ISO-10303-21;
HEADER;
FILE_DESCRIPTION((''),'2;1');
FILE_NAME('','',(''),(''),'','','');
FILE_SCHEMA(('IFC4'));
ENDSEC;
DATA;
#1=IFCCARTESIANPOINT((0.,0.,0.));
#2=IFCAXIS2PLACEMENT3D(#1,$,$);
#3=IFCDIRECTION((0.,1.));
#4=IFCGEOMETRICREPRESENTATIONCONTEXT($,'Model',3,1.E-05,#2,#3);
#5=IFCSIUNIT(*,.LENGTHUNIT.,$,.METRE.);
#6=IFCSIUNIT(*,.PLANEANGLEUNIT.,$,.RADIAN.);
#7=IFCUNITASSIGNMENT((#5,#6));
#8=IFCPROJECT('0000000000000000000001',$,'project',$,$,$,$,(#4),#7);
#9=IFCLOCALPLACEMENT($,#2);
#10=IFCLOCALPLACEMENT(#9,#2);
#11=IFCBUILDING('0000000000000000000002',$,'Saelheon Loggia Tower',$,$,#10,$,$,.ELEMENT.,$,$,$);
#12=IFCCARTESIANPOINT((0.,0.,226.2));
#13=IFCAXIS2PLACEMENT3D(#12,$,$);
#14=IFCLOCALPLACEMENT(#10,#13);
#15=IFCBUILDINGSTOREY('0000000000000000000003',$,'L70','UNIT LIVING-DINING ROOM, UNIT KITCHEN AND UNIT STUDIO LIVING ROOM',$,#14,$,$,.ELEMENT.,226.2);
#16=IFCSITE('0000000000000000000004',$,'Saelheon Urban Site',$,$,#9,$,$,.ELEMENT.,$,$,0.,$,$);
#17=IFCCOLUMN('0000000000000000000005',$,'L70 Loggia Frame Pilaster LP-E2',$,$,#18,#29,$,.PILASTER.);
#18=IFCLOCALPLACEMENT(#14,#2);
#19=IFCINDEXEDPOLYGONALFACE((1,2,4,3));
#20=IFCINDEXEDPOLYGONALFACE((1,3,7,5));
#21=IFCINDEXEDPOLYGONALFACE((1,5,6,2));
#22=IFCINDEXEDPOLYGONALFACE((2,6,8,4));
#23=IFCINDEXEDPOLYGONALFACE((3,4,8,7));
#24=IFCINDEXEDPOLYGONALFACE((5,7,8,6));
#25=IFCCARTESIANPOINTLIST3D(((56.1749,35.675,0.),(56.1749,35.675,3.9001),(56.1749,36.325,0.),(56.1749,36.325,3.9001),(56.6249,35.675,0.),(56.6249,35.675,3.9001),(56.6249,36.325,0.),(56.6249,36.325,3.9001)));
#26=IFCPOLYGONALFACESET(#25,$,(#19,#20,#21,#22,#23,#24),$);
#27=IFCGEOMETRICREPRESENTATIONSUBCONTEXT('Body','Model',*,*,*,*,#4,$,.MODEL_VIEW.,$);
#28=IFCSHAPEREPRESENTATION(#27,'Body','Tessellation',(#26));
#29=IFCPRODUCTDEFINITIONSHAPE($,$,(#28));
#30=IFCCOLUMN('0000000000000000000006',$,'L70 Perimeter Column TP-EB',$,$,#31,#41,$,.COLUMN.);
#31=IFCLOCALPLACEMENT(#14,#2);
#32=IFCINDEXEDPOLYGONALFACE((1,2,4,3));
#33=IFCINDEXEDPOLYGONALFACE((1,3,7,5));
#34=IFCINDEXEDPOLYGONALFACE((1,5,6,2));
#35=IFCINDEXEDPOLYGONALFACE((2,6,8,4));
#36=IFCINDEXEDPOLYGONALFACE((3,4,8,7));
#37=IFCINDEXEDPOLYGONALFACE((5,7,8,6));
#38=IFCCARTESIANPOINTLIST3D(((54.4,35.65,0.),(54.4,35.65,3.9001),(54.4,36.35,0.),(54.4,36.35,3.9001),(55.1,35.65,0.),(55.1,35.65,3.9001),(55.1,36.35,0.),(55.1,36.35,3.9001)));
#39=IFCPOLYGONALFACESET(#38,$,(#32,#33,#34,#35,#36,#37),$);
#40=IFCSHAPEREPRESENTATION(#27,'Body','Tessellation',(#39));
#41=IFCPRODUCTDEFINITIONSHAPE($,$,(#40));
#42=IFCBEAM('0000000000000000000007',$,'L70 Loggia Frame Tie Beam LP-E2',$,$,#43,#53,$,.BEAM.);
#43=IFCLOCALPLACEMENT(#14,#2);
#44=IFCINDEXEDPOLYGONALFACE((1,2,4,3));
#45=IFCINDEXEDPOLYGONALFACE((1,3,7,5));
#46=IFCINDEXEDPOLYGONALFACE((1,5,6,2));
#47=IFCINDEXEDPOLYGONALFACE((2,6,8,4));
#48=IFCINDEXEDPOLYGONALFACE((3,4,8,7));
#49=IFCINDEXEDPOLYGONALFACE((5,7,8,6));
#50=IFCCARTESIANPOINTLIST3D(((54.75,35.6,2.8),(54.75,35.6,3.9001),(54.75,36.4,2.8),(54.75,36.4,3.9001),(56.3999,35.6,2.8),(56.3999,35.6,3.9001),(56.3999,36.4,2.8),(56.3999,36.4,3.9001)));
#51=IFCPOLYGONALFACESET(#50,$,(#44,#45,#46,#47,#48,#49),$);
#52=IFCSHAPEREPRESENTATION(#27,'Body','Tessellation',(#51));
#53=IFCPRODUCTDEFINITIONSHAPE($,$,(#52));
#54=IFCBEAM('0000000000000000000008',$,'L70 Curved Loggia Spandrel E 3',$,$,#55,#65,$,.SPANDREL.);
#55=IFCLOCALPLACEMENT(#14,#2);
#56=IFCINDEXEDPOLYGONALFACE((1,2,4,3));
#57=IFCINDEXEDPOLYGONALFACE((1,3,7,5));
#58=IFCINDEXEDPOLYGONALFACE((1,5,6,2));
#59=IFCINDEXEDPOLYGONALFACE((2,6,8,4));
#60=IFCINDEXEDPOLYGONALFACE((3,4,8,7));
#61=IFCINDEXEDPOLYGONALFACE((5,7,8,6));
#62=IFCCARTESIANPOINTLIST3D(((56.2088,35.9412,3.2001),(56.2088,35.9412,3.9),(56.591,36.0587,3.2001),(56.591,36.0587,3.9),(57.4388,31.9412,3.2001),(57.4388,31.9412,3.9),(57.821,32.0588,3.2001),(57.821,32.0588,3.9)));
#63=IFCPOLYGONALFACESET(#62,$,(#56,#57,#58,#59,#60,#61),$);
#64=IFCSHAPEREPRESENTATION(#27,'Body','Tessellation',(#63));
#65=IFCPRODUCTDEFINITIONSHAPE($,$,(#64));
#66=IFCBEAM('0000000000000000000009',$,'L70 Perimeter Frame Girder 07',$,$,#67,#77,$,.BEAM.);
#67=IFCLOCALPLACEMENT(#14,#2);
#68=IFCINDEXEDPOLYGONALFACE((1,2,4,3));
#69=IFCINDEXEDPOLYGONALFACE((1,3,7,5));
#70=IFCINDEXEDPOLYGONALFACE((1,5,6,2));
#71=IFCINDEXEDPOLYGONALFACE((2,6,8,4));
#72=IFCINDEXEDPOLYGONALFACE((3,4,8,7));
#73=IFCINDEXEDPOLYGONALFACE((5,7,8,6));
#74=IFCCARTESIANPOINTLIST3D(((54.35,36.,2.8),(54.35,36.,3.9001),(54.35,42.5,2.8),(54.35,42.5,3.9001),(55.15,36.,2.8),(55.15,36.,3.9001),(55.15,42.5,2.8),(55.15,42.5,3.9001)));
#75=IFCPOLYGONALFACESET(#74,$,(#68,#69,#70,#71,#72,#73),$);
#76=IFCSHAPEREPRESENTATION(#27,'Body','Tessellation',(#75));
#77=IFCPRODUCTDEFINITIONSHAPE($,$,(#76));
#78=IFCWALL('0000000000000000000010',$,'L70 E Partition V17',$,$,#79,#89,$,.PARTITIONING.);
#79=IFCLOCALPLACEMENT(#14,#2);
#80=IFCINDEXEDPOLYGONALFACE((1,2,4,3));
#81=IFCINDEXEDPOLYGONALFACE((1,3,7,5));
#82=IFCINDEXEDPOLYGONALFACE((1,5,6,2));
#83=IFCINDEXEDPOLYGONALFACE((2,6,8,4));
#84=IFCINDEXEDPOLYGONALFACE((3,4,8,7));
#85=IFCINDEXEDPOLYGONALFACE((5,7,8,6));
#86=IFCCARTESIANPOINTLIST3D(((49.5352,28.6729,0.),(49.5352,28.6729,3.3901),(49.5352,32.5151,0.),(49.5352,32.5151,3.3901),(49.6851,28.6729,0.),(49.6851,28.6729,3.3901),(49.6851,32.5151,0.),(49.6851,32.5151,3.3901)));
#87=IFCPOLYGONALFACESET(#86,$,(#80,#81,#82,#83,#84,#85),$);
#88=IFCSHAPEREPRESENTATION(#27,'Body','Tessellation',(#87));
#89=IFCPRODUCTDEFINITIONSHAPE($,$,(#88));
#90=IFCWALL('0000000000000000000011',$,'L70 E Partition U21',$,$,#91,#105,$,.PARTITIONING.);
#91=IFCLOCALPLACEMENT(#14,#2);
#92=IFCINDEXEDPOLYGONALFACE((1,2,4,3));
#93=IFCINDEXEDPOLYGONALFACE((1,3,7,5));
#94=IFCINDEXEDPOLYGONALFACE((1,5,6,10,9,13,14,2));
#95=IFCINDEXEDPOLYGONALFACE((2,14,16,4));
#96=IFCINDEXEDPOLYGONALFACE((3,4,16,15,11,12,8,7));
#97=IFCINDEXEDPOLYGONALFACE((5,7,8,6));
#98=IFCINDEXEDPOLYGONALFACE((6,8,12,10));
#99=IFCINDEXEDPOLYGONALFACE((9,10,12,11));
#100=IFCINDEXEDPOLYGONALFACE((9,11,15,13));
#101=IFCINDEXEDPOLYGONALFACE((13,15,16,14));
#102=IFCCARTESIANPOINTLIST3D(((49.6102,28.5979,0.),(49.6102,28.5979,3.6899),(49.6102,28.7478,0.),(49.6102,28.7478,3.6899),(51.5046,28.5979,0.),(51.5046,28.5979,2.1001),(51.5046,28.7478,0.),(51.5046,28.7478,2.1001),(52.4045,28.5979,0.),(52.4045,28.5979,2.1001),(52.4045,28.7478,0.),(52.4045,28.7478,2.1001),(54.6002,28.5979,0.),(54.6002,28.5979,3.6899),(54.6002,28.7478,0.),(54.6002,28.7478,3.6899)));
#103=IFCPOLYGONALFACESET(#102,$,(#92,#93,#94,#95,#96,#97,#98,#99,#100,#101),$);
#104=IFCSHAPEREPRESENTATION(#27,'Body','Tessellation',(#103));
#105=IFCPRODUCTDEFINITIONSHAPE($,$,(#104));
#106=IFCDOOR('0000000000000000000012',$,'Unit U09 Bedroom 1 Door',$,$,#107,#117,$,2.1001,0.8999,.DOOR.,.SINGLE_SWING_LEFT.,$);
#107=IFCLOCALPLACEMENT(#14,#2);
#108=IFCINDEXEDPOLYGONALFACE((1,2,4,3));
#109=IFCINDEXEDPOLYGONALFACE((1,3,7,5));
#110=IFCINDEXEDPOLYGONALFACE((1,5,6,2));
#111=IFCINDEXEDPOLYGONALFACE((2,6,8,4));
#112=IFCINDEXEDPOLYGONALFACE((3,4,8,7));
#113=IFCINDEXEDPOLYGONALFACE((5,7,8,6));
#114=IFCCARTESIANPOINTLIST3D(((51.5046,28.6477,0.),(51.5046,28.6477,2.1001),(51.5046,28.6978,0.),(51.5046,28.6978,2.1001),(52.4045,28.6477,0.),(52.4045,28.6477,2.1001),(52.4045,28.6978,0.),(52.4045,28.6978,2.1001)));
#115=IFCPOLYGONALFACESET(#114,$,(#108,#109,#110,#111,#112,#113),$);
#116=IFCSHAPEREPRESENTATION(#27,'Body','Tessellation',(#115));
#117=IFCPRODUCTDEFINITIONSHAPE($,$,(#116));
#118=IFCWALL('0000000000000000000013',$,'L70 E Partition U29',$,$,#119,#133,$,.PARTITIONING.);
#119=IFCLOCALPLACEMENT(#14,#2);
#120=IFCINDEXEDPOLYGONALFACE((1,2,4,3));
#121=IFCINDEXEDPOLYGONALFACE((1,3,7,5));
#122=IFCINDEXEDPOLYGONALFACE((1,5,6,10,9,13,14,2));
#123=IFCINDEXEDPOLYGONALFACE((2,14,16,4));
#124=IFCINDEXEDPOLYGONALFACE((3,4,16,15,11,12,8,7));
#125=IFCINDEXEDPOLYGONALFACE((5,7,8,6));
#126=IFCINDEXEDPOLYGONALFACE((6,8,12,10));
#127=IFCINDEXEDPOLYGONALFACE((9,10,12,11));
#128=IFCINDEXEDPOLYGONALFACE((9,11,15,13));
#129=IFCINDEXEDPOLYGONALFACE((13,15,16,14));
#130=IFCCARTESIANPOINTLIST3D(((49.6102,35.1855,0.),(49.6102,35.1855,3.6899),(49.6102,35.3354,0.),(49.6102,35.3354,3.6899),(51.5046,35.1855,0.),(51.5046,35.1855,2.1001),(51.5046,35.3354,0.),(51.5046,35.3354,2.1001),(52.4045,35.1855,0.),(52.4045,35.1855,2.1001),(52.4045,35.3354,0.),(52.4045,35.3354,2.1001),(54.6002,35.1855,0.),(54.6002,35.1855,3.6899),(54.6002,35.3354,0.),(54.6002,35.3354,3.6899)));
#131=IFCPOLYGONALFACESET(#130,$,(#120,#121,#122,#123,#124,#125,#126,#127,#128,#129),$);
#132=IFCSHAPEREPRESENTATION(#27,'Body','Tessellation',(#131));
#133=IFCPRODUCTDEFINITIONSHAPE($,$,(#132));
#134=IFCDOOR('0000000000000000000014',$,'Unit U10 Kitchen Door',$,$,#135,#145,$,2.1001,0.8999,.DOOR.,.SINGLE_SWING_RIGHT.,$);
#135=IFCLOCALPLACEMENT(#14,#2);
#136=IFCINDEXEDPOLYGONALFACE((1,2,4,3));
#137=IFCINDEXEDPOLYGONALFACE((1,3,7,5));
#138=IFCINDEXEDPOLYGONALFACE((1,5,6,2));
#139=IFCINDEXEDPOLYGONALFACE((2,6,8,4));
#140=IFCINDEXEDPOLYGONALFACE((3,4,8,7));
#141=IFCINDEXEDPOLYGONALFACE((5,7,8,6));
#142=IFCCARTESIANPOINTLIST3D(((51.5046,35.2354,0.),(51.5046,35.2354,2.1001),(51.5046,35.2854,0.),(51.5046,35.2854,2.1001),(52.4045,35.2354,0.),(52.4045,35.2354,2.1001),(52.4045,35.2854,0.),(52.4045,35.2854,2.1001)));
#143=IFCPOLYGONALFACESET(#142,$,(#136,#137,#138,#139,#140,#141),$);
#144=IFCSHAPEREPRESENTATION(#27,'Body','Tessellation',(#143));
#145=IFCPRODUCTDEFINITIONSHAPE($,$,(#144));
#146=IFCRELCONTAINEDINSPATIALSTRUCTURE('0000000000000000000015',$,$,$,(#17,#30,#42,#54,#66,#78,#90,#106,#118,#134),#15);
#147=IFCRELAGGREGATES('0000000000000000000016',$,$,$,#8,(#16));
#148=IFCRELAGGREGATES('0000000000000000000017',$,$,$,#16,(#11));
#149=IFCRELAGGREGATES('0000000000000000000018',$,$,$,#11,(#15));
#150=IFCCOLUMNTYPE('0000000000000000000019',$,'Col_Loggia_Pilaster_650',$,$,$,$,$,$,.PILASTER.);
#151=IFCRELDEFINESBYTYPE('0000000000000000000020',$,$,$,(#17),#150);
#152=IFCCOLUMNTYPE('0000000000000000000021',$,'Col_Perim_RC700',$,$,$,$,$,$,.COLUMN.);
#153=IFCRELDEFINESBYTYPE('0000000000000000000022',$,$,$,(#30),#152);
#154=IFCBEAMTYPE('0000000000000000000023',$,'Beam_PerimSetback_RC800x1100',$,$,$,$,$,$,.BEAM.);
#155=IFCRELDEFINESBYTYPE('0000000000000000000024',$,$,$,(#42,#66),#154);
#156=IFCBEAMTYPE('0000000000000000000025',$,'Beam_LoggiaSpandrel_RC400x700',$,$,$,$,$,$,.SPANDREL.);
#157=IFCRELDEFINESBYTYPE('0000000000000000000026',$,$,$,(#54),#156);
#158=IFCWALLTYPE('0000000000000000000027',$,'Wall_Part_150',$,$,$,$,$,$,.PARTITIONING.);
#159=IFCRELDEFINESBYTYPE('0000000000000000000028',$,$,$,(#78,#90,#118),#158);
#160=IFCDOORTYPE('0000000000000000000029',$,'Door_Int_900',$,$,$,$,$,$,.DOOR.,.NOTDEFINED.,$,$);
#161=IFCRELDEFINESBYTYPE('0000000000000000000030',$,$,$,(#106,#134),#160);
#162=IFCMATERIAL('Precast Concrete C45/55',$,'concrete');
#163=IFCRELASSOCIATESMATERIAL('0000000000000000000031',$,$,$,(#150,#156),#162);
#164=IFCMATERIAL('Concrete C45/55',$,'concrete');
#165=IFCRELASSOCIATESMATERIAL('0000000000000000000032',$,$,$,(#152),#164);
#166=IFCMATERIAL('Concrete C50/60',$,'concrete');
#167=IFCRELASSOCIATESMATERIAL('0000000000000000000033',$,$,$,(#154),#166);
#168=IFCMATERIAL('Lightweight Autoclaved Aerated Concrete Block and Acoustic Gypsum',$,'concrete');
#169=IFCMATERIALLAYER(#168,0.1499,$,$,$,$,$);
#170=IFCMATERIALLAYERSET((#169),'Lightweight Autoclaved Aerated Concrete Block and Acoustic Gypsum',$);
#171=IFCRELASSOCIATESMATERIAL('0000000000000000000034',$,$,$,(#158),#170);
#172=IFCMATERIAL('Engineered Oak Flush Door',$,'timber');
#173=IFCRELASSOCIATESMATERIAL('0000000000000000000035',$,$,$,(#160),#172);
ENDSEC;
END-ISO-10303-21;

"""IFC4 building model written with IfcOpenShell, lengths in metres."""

from ifc_helpers import new_model, si_unit, direction, frame, frame_2d, origin, origin_2d, place, context, subcontext, project, spatial, rectangle, extrude, source, transform, mapped, material, layer, layer_set, material_profile, profile_set, type_object, element, fill, save


model = new_model("IFC4")

# Units and contexts
model_context = context("Model", 3, precision=1e-05, world=origin(), true_north=direction((0.0, 1.0)))
body_context = subcontext(model_context, "Body", "Model", "MODEL_VIEW")
ifc_project = project(units=[si_unit("LENGTHUNIT", "METRE"), si_unit("PLANEANGLEUNIT", "RADIAN")], contexts=[model_context])

# Site, building, storey
site_placement = place(None, origin())
site = spatial("IfcSite", under=ifc_project, at=site_placement, Name="Saelheon Urban Site", CompositionType="ELEMENT", RefElevation=0.0)
building_placement = place(site_placement, origin())
building = spatial("IfcBuilding", under=site, at=building_placement, Name="Saelheon Loggia Tower", CompositionType="ELEMENT")
storey_placement = place(building_placement, frame((0.0, 0.0, 226.2)))
storey = spatial("IfcBuildingStorey", under=building, at=storey_placement, Name="L70", Description="UNIT LIVING-DINING ROOM, UNIT KITCHEN AND UNIT STUDIO LIVING ROOM", CompositionType="ELEMENT", Elevation=226.2)

# Columns
ifc_material_1 = material(Name="Precast Concrete C45/55", Category="concrete")
ifc_material_profile_1 = material_profile(ifc_material_1, rectangle(XDim=0.45, YDim=0.6499, at=origin_2d()), Name="RC-450x650")
ifc_profile_set_1 = profile_set([ifc_material_profile_1], Name="Precast Concrete C45/55")
column_type_1 = type_object("IfcColumnType", Name="Col_Loggia_Pilaster_650", PredefinedType="PILASTER", material=ifc_profile_set_1)
shared_shape_1 = source(origin(), body_context, "Body", "SweptSolid", [
    extrude(rectangle(XDim=0.45, YDim=0.6499, at=origin_2d()), origin(), (0.0, 0.0, 1.0), 3.9001),
])
column_1_placement = place(storey_placement, frame((56.3999, 36.0, 0.0), z_axis=(0.0, 0.0, 1.0), x_axis=(1.0, 0.0, 0.0)))
element("IfcColumn", 1, at=column_1_placement, inside=storey, type_object=column_type_1, Name="L70 Loggia Frame Pilaster LP-E2", PredefinedType="PILASTER", context=body_context, shape_type="MappedRepresentation", body=[
    mapped(shared_shape_1, transform((0.0, 0.0, 0.0), scale=1.0)),
])
ifc_material_2 = material(Name="Concrete C45/55", Category="concrete")
ifc_material_profile_2 = material_profile(ifc_material_2, rectangle(XDim=0.7, YDim=0.7, at=origin_2d()), Name="RC-700x700")
ifc_profile_set_2 = profile_set([ifc_material_profile_2], Name="Concrete C45/55")
column_type_2 = type_object("IfcColumnType", Name="Col_Perim_RC700", PredefinedType="COLUMN", material=ifc_profile_set_2)
shared_shape_2 = source(origin(), body_context, "Body", "SweptSolid", [
    extrude(rectangle(XDim=0.7, YDim=0.7, at=origin_2d()), origin(), (0.0, 0.0, 1.0), 3.9001),
])
column_2_placement = place(storey_placement, frame((54.75, 36.0, 0.0), z_axis=(0.0, 0.0, 1.0), x_axis=(1.0, 0.0, 0.0)))
element("IfcColumn", 2, at=column_2_placement, inside=storey, type_object=column_type_2, Name="L70 Perimeter Column TP-EB", PredefinedType="COLUMN", context=body_context, shape_type="MappedRepresentation", body=[
    mapped(shared_shape_2, transform((0.0, 0.0, 0.0), scale=1.0)),
])

# Beams
ifc_material_3 = material(Name="Concrete C50/60", Category="concrete")
ifc_material_profile_3 = material_profile(ifc_material_3, rectangle(XDim=0.8, YDim=1.1001, at=origin_2d()), Name="RC-800x1100")
ifc_profile_set_3 = profile_set([ifc_material_profile_3], Name="Concrete C50/60")
beam_type_1 = type_object("IfcBeamType", Name="Beam_PerimSetback_RC800x1100", PredefinedType="BEAM", material=ifc_profile_set_3)
shared_shape_3 = source(origin(), body_context, "Body", "SweptSolid", [
    extrude(rectangle(XDim=0.8, YDim=1.1001, at=origin_2d()), origin(), (0.0, 0.0, 1.0), 1.6499),
])
beam_1_placement = place(storey_placement, frame((54.75, 36.0, 3.3501), z_axis=(1.0, 0.0, 0.0), x_axis=(0.0, 1.0, 0.0)))
element("IfcBeam", 3, at=beam_1_placement, inside=storey, type_object=beam_type_1, Name="L70 Loggia Frame Tie Beam LP-E2", PredefinedType="BEAM", context=body_context, shape_type="MappedRepresentation", body=[
    mapped(shared_shape_3, transform((0.0, 0.0, 0.0), scale=1.0)),
])
ifc_material_profile_4 = material_profile(ifc_material_1, rectangle(XDim=0.3999, YDim=0.7, at=origin_2d()), Name="RC-400x700")
ifc_profile_set_4 = profile_set([ifc_material_profile_4], Name="Precast Concrete C45/55")
beam_type_2 = type_object("IfcBeamType", Name="Beam_LoggiaSpandrel_RC400x700", PredefinedType="SPANDREL", material=ifc_profile_set_4)
shared_shape_4 = source(origin(), body_context, "Body", "SweptSolid", [
    extrude(rectangle(XDim=0.3999, YDim=0.7, at=origin_2d()), origin(), (0.0, 0.0, 1.0), 4.1848),
])
beam_2_placement = place(storey_placement, frame((57.6299, 32.0, 3.55), z_axis=(-0.293914, 0.955832, 0.0), x_axis=(-0.955832, -0.293914, 0.0)))
element("IfcBeam", 4, at=beam_2_placement, inside=storey, type_object=beam_type_2, Name="L70 Curved Loggia Spandrel E 3", PredefinedType="SPANDREL", context=body_context, shape_type="MappedRepresentation", body=[
    mapped(shared_shape_4, transform((0.0, 0.0, 0.0), scale=1.0)),
])
shared_shape_5 = source(origin(), body_context, "Body", "SweptSolid", [
    extrude(rectangle(XDim=0.8, YDim=1.1001, at=origin_2d()), origin(), (0.0, 0.0, 1.0), 6.5),
])
beam_3_placement = place(storey_placement, frame((54.75, 36.0, 3.3501), z_axis=(0.0, 1.0, 0.0), x_axis=(-1.0, 0.0, 0.0)))
element("IfcBeam", 5, at=beam_3_placement, inside=storey, type_object=beam_type_1, Name="L70 Perimeter Frame Girder 07", PredefinedType="BEAM", context=body_context, shape_type="MappedRepresentation", body=[
    mapped(shared_shape_5, transform((0.0, 0.0, 0.0), scale=1.0)),
])

# Wall
ifc_material_4 = material(Name="Lightweight Autoclaved Aerated Concrete Block and Acoustic Gypsum", Category="concrete")
ifc_layer_1 = layer(ifc_material_4, 0.1499)
ifc_layer_set_1 = layer_set([ifc_layer_1], Name="Lightweight Autoclaved Aerated Concrete Block and Acoustic Gypsum")
wall_type_1 = type_object("IfcWallType", Name="Wall_Part_150", PredefinedType="PARTITIONING", material=ifc_layer_set_1)
wall_1_placement = place(storey_placement, frame((49.6101, 28.6729, 0.0), z_axis=(0.0, 0.0, 1.0), x_axis=(0.0, 1.0, 0.0)))
element("IfcWall", 6, at=wall_1_placement, inside=storey, type_object=wall_type_1, Name="L70 E Partition V17", PredefinedType="PARTITIONING", context=body_context, shape_type="SweptSolid", body=[
    extrude(rectangle(XDim=3.8423, YDim=0.1499, at=frame_2d((1.9211, 0.0))), origin(), (0.0, 0.0, 1.0), 3.3901),
])

# Walls, openings, doors
wall_2_placement = place(storey_placement, frame((49.6101, 28.6729, 0.0), z_axis=(0.0, 0.0, 1.0), x_axis=(1.0, 0.0, 0.0)))
wall_2 = element("IfcWall", 7, at=wall_2_placement, inside=storey, type_object=wall_type_1, Name="L70 E Partition U21", PredefinedType="PARTITIONING", context=body_context, shape_type="SweptSolid", body=[
    extrude(rectangle(XDim=4.99, YDim=0.1499, at=frame_2d((2.4951, 0.0))), origin(), (0.0, 0.0, 1.0), 3.6899),
])
opening_1_placement = place(wall_2_placement, frame((1.8945, 0.0, 0.0)))
opening_1 = element("IfcOpeningElement", 8, at=opening_1_placement, cuts=wall_2, PredefinedType="OPENING", context=body_context, shape_type="SweptSolid", body=[
    extrude(rectangle(XDim=0.8999, YDim=2.1001, at=frame_2d((0.45, 1.05))), frame((0.0, 0.0869, 0.0), z_axis=(0.0, -1.0, 0.0), x_axis=(1.0, 0.0, 0.0)), (0.0, 0.0, 1.0), 0.1738),
])
ifc_material_5 = material(Name="Engineered Oak Flush Door", Category="timber")
door_type_1 = type_object("IfcDoorType", Name="Door_Int_900", OperationType="NOTDEFINED", PredefinedType="DOOR", material=ifc_material_5)
shared_shape_6 = source(origin(), body_context, "Body", "SweptSolid", [
    extrude(rectangle(XDim=0.8999, YDim=2.1001, at=frame_2d((0.45, 1.05))), frame((0.0, 0.0249, 0.0), z_axis=(0.0, -1.0, 0.0), x_axis=(1.0, 0.0, 0.0)), (0.0, 0.0, 1.0), 0.05),
])
door_1_placement = place(opening_1_placement, origin())
door_1 = element("IfcDoor", 9, at=door_1_placement, inside=storey, type_object=door_type_1, Name="Unit U09 Bedroom 1 Door", OperationType="SINGLE_SWING_LEFT", OverallHeight=2.1001, OverallWidth=0.8999, PredefinedType="DOOR", context=body_context, shape_type="MappedRepresentation", body=[
    mapped(shared_shape_6, transform((0.0, 0.0, 0.0), scale=1.0)),
])
fill(opening_1, door_1)
wall_3_placement = place(storey_placement, frame((49.6101, 35.2605, 0.0), z_axis=(0.0, 0.0, 1.0), x_axis=(1.0, 0.0, 0.0)))
wall_3 = element("IfcWall", 10, at=wall_3_placement, inside=storey, type_object=wall_type_1, Name="L70 E Partition U29", PredefinedType="PARTITIONING", context=body_context, shape_type="SweptSolid", body=[
    extrude(rectangle(XDim=4.99, YDim=0.1499, at=frame_2d((2.4951, 0.0))), origin(), (0.0, 0.0, 1.0), 3.6899),
])
opening_2_placement = place(wall_3_placement, frame((1.8945, 0.0, 0.0)))
opening_2 = element("IfcOpeningElement", 11, at=opening_2_placement, cuts=wall_3, PredefinedType="OPENING", context=body_context, shape_type="SweptSolid", body=[
    extrude(rectangle(XDim=0.8999, YDim=2.1001, at=frame_2d((0.45, 1.05))), frame((0.0, 0.0869, 0.0), z_axis=(0.0, -1.0, 0.0), x_axis=(1.0, 0.0, 0.0)), (0.0, 0.0, 1.0), 0.1738),
])
door_2_placement = place(opening_2_placement, origin())
door_2 = element("IfcDoor", 12, at=door_2_placement, inside=storey, type_object=door_type_1, Name="Unit U10 Kitchen Door", OperationType="SINGLE_SWING_RIGHT", OverallHeight=2.1001, OverallWidth=0.8999, PredefinedType="DOOR", context=body_context, shape_type="MappedRepresentation", body=[
    mapped(shared_shape_6, transform((0.0, 0.0, 0.0), scale=1.0)),
])
fill(opening_2, door_2)

save(model, "model.ifc")
